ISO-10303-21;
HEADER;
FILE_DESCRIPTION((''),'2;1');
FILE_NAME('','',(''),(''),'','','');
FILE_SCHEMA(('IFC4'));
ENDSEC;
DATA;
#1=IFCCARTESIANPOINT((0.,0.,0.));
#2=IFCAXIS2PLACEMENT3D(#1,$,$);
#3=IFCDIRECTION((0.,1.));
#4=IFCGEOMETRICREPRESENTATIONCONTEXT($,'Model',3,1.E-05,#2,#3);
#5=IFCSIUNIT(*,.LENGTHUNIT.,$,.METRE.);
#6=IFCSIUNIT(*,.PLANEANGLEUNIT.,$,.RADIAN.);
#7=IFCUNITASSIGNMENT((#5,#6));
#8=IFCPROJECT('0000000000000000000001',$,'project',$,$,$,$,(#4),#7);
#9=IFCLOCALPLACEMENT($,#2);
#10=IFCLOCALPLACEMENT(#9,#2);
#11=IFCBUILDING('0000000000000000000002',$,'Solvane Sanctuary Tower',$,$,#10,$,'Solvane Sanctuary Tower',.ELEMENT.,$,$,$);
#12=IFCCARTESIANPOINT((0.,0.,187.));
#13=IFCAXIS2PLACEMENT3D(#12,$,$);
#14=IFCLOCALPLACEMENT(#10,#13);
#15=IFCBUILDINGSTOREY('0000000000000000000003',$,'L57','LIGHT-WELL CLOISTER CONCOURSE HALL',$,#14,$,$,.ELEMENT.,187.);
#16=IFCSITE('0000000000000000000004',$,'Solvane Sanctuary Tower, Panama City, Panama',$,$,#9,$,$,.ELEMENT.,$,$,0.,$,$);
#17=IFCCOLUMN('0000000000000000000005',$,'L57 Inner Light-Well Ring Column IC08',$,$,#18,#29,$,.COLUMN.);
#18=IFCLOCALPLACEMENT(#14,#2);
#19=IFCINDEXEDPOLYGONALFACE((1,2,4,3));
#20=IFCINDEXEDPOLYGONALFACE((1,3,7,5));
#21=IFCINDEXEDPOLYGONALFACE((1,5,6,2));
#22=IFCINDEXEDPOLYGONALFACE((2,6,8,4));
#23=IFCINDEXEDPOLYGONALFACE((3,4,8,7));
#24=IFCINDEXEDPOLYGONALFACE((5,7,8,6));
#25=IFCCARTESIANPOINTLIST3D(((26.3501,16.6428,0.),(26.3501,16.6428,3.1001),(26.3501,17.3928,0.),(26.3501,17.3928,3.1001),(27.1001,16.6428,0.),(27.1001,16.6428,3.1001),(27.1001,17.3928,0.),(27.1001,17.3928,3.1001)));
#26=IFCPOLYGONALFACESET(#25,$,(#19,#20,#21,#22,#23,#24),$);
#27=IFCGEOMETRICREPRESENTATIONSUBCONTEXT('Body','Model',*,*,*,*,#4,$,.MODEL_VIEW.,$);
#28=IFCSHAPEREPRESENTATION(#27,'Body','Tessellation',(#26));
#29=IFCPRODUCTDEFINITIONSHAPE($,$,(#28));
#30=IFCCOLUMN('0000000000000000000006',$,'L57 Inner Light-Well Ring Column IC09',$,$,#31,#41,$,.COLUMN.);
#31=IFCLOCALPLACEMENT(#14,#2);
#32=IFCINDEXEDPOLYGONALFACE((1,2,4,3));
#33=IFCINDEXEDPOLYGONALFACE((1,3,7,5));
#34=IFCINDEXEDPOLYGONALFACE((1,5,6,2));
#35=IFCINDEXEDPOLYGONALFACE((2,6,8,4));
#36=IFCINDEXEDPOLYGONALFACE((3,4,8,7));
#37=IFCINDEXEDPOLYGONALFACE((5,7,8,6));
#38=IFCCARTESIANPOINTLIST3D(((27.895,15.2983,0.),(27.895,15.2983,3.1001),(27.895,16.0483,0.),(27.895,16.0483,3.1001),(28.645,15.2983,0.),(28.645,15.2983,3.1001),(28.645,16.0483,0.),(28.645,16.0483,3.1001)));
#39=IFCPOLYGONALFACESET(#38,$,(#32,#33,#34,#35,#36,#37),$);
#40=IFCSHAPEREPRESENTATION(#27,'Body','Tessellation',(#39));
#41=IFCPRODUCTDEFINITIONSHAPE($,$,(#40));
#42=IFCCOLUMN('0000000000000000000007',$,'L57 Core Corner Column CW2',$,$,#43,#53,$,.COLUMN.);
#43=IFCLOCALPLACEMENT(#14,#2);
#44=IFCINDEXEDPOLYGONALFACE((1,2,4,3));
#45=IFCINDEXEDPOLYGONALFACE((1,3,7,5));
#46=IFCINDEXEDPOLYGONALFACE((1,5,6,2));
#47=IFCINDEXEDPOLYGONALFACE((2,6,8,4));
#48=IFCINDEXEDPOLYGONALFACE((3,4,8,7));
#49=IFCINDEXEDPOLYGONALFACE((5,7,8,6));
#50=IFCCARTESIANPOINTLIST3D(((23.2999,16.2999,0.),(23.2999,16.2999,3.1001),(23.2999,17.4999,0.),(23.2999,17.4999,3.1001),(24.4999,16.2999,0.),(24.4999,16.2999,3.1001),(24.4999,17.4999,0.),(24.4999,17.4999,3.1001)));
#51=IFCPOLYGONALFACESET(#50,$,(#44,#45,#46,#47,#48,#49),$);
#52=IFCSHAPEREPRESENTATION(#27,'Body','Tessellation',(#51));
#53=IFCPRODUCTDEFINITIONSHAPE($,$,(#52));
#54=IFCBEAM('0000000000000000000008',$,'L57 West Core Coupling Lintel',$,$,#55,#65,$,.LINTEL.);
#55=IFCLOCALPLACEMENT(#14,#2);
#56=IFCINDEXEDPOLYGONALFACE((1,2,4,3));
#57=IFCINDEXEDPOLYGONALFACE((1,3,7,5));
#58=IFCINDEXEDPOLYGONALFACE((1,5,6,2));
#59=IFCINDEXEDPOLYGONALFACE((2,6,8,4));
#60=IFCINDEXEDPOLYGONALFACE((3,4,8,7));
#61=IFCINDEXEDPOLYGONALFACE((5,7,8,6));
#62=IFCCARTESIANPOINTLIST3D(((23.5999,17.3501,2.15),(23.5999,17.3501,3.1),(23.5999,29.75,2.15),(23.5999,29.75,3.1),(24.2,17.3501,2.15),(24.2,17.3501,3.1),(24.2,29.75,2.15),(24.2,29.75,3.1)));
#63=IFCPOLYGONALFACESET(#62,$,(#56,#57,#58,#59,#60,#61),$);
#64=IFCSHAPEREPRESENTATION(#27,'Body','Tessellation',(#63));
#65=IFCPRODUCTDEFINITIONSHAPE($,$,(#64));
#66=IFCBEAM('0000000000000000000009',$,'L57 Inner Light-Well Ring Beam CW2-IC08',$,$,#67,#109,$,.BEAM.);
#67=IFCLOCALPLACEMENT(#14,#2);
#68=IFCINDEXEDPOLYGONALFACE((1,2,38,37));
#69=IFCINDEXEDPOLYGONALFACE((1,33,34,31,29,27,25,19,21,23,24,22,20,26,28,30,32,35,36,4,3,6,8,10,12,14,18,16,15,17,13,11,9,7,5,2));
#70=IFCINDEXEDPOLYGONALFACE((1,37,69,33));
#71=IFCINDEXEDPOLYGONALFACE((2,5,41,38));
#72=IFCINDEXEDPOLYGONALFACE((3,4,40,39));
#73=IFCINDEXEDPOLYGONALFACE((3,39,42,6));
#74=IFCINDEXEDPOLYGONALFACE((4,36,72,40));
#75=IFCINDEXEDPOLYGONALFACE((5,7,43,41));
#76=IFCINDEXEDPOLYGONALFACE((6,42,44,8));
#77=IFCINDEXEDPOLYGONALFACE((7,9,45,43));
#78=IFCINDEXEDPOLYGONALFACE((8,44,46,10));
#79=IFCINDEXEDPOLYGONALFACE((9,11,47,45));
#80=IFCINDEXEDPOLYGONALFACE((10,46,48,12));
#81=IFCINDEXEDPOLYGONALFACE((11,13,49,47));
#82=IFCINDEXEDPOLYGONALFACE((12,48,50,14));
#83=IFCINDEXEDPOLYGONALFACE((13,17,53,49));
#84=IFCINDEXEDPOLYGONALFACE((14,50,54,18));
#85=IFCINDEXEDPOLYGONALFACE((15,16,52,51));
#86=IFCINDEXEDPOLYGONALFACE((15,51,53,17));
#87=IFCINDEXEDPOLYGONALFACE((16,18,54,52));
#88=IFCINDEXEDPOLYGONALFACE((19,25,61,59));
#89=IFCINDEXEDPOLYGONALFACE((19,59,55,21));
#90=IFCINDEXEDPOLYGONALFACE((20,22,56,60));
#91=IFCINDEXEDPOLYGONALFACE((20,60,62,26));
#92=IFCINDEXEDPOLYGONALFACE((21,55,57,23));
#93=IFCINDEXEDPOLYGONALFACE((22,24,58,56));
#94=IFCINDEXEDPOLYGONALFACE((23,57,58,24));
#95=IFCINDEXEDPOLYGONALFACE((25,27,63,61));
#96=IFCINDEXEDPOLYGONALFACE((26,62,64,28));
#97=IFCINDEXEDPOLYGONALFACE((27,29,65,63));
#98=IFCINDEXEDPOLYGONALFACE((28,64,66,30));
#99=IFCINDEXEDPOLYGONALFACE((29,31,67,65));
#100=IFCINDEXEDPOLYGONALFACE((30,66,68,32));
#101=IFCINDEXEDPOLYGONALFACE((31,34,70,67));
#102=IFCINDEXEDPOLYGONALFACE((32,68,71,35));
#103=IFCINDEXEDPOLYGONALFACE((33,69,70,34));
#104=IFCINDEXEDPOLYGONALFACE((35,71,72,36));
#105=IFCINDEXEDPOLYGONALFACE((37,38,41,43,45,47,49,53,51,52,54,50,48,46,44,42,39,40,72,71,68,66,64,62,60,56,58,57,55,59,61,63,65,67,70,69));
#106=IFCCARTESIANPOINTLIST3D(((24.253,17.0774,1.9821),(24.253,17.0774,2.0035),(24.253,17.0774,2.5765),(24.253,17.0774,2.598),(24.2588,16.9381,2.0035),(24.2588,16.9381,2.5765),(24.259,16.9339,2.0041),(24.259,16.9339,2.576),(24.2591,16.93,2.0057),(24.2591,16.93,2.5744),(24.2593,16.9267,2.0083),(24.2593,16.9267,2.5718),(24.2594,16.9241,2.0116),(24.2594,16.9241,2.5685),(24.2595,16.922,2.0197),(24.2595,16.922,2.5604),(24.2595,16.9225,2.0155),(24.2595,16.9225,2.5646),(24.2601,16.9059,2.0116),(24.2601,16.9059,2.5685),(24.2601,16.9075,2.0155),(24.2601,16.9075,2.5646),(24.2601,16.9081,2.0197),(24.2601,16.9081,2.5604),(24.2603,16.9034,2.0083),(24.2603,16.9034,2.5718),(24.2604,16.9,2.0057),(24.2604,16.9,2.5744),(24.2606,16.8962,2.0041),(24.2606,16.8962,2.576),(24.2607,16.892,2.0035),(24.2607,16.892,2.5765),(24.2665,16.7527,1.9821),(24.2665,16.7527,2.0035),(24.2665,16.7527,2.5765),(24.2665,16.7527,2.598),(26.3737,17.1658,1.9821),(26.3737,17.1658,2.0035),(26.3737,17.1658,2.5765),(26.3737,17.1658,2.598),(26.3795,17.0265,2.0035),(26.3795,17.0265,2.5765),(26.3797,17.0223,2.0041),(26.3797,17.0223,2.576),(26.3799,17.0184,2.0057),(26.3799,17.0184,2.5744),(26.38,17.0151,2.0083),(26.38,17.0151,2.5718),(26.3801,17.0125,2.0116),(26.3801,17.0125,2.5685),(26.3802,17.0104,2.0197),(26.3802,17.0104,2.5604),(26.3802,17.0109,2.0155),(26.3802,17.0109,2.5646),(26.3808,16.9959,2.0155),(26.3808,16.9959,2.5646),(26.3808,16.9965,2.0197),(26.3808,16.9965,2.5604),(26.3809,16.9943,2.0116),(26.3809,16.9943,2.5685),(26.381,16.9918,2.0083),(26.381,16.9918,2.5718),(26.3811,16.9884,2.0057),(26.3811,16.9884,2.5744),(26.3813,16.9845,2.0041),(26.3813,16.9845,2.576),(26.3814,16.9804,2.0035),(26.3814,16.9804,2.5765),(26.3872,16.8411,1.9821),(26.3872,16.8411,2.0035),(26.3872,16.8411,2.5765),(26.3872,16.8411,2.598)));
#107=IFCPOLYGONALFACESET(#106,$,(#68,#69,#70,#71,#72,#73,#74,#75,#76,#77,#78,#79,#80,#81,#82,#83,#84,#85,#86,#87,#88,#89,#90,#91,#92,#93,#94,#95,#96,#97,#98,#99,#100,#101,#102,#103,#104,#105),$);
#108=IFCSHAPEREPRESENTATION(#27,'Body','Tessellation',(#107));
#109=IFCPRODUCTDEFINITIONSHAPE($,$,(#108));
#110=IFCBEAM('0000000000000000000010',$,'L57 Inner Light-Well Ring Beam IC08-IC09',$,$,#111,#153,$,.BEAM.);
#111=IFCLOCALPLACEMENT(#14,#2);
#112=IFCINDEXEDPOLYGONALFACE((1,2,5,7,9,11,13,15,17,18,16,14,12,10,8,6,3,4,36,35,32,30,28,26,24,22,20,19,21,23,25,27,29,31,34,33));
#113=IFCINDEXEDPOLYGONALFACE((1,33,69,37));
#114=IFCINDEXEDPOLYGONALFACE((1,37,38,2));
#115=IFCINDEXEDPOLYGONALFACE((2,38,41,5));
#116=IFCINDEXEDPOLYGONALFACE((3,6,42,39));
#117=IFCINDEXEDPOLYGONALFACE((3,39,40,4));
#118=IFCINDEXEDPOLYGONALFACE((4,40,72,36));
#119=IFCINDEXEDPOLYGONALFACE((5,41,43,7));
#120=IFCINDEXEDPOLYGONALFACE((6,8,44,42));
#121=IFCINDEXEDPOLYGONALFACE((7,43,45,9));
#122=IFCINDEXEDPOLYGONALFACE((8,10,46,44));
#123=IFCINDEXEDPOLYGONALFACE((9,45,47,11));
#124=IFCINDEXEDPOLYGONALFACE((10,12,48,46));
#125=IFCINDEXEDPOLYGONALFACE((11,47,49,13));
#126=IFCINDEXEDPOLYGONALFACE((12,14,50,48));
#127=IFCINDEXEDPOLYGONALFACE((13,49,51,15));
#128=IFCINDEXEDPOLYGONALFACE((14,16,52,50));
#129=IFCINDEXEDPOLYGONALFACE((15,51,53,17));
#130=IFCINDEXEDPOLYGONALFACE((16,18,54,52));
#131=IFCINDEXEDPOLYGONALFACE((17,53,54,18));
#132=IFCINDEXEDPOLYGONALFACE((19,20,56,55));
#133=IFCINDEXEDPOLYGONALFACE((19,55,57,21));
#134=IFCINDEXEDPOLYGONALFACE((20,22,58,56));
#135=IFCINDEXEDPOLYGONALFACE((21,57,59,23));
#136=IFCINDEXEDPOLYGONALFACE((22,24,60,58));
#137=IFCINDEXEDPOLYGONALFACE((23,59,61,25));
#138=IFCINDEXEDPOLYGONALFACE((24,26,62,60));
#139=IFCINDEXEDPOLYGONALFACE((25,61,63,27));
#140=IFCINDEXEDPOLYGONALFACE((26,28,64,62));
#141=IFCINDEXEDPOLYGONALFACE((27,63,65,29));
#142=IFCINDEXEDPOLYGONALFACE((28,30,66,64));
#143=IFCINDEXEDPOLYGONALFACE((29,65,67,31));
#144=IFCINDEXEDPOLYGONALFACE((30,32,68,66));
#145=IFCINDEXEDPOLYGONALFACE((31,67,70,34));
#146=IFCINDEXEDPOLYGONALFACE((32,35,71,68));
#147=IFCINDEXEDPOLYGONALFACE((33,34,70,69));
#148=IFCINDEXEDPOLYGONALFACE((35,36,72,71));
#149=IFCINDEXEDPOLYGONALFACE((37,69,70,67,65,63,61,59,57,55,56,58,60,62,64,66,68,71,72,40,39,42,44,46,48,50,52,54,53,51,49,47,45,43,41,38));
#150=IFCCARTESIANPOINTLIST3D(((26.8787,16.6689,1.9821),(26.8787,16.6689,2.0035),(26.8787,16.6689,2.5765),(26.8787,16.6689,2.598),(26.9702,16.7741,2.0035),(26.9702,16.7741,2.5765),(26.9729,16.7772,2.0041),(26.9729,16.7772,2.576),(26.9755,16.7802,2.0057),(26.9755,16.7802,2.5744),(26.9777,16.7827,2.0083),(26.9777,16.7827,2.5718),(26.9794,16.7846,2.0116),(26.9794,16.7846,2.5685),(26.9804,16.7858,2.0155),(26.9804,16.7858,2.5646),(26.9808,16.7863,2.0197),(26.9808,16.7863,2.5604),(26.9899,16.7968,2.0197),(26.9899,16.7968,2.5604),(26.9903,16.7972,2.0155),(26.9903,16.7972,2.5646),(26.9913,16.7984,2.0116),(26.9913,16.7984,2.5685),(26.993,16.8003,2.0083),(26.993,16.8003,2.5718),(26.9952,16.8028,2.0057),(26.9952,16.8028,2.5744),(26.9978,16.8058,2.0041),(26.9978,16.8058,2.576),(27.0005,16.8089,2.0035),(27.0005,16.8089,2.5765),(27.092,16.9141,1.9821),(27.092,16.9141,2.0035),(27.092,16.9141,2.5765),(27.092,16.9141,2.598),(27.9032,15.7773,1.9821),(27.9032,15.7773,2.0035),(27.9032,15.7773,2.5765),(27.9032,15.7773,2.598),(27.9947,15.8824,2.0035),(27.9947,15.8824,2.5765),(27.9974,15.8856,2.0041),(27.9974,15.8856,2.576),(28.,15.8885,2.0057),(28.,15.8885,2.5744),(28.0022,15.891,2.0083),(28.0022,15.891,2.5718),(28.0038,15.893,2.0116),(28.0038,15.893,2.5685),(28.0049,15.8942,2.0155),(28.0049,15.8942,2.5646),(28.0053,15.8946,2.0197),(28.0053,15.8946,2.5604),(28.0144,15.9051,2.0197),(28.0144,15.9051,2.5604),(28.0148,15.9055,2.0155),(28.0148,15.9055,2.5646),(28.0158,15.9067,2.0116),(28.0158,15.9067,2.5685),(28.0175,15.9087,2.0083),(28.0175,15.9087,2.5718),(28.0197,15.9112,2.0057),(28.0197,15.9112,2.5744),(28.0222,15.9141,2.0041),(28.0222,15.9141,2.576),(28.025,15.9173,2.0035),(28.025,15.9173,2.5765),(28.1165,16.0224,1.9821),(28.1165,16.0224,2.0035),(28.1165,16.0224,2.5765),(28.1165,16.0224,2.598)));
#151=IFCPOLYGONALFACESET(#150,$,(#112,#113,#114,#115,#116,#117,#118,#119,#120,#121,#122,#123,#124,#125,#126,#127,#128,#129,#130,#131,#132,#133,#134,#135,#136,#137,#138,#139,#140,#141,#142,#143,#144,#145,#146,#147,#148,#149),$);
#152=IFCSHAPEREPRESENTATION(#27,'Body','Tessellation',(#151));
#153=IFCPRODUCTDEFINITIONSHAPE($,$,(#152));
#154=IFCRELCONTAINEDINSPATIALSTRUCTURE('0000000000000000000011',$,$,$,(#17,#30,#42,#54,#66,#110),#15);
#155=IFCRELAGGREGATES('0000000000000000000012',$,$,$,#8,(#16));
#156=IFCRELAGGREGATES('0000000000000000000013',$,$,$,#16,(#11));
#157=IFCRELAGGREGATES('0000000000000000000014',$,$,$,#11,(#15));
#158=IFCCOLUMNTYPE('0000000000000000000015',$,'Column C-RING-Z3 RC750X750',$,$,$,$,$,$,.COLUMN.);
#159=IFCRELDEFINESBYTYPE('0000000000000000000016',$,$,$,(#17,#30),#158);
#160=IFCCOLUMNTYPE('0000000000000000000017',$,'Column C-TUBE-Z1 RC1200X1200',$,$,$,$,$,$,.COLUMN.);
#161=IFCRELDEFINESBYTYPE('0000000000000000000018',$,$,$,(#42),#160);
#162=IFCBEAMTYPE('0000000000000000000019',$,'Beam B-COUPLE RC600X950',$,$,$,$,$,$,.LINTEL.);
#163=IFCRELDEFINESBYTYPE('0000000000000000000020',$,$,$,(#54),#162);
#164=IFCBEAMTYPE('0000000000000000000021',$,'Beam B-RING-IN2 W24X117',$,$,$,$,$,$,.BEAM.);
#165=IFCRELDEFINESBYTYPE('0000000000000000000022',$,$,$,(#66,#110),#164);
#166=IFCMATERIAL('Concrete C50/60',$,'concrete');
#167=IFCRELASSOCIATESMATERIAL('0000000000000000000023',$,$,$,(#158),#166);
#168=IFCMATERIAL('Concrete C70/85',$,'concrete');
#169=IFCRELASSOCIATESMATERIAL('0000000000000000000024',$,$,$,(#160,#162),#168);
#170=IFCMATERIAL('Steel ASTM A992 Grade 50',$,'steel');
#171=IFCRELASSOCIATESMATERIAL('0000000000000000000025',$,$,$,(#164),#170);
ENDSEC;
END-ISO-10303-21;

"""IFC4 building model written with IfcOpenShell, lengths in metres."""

from ifc_helpers import new_model, si_unit, direction, frame, origin, origin_2d, place, context, subcontext, project, spatial, rectangle, i_section, extrude, material, material_profile, profile_set, type_object, element, save


model = new_model("IFC4")

# Units and contexts
model_context = context("Model", 3, precision=1e-05, world=origin(), true_north=direction((0.0, 1.0)))
body_context = subcontext(model_context, "Body", "Model", "MODEL_VIEW")
ifc_project = project(units=[si_unit("LENGTHUNIT", "METRE"), si_unit("PLANEANGLEUNIT", "RADIAN")], contexts=[model_context])

# Site, building, storey
site_placement = place(None, origin())
site = spatial("IfcSite", under=ifc_project, at=site_placement, Name="Solvane Sanctuary Tower, Panama City, Panama", CompositionType="ELEMENT", RefElevation=0.0)
building_placement = place(site_placement, origin())
building = spatial("IfcBuilding", under=site, at=building_placement, Name="Solvane Sanctuary Tower", LongName="Solvane Sanctuary Tower", CompositionType="ELEMENT")
storey_placement = place(building_placement, frame((0.0, 0.0, 187.0)))
storey = spatial("IfcBuildingStorey", under=building, at=storey_placement, Name="L57", Description="LIGHT-WELL CLOISTER CONCOURSE HALL", CompositionType="ELEMENT", Elevation=187.0)

# Columns
ifc_material_1 = material(Name="Concrete C50/60", Category="concrete")
ifc_material_profile_1 = material_profile(ifc_material_1, rectangle(XDim=0.75, YDim=0.75, at=origin_2d()), Name="RC750X750")
ifc_profile_set_1 = profile_set([ifc_material_profile_1], Name="Concrete C50/60")
column_type_1 = type_object("IfcColumnType", Name="Column C-RING-Z3 RC750X750", PredefinedType="COLUMN", material=ifc_profile_set_1)
for number, where, z_axis, x_axis, name in (
    (1, (26.7251, 17.0178, 0.0), (0.0, 0.0, 1.0), (1.0, 0.0, 0.0), "L57 Inner Light-Well Ring Column IC08"),
    (2, (28.27, 15.6733, 0.0), (0.0, 0.0, 1.0), (1.0, 0.0, 0.0), "L57 Inner Light-Well Ring Column IC09"),
):
    element("IfcColumn", number, at=place(storey_placement, frame(where, z_axis=z_axis, x_axis=x_axis)), inside=storey, type_object=column_type_1, Name=name, PredefinedType="COLUMN", context=body_context, shape_type="SweptSolid", body=[
        extrude(rectangle(XDim=0.75, YDim=0.75, at=origin_2d()), origin(), (0.0, 0.0, 1.0), 3.1001),
    ])
ifc_material_2 = material(Name="Concrete C70/85", Category="concrete")
ifc_material_profile_2 = material_profile(ifc_material_2, rectangle(XDim=1.2, YDim=1.2, at=origin_2d()), Name="RC1200X1200")
ifc_profile_set_2 = profile_set([ifc_material_profile_2], Name="Concrete C70/85")
column_type_2 = type_object("IfcColumnType", Name="Column C-TUBE-Z1 RC1200X1200", PredefinedType="COLUMN", material=ifc_profile_set_2)
column_placement = place(storey_placement, frame((23.8999, 16.8999, 0.0), z_axis=(0.0, 0.0, 1.0), x_axis=(1.0, 0.0, 0.0)))
element("IfcColumn", 3, at=column_placement, inside=storey, type_object=column_type_2, Name="L57 Core Corner Column CW2", PredefinedType="COLUMN", context=body_context, shape_type="SweptSolid", body=[
    extrude(rectangle(XDim=1.2, YDim=1.2, at=origin_2d()), origin(), (0.0, 0.0, 1.0), 3.1001),
])

# Beams
ifc_material_profile_3 = material_profile(ifc_material_2, rectangle(XDim=0.6001, YDim=0.95, at=origin_2d()), Name="RC600X950")
ifc_profile_set_3 = profile_set([ifc_material_profile_3], Name="Concrete C70/85")
beam_type_1 = type_object("IfcBeamType", Name="Beam B-COUPLE RC600X950", PredefinedType="LINTEL", material=ifc_profile_set_3)
beam_1_placement = place(storey_placement, frame((23.8999, 17.3501, 2.625), z_axis=(0.0, 1.0, 0.0), x_axis=(-1.0, 0.0, 0.0)))
element("IfcBeam", 4, at=beam_1_placement, inside=storey, type_object=beam_type_1, Name="L57 West Core Coupling Lintel", PredefinedType="LINTEL", context=body_context, shape_type="SweptSolid", body=[
    extrude(rectangle(XDim=0.6001, YDim=0.95, at=origin_2d()), origin(), (0.0, 0.0, 1.0), 12.3999),
])
ifc_material_3 = material(Name="Steel ASTM A992 Grade 50", Category="steel")
ifc_material_profile_4 = material_profile(ifc_material_3, i_section(OverallWidth=0.325, OverallDepth=0.616, WebThickness=0.0139, FlangeThickness=0.0215, FilletRadius=0.0161, at=origin_2d()), Name="W24X117")
ifc_profile_set_4 = profile_set([ifc_material_profile_4], Name="Steel ASTM A992 Grade 50")
beam_type_2 = type_object("IfcBeamType", Name="Beam B-RING-IN2 W24X117", PredefinedType="BEAM", material=ifc_profile_set_4)
beam_2_placement = place(storey_placement, frame((24.2598, 16.915, 2.29), z_axis=(0.999133, 0.04164, 0.0), x_axis=(-0.04164, 0.999133, 0.0)))
element("IfcBeam", 5, at=beam_2_placement, inside=storey, type_object=beam_type_2, Name="L57 Inner Light-Well Ring Beam CW2-IC08", PredefinedType="BEAM", context=body_context, shape_type="SweptSolid", body=[
    extrude(i_section(OverallWidth=0.325, OverallDepth=0.616, WebThickness=0.0139, FlangeThickness=0.0215, FilletRadius=0.0161, at=origin_2d()), origin(), (0.0, 0.0, 1.0), 2.1226),
])
beam_3_placement = place(storey_placement, frame((26.9854, 16.7915, 2.29), z_axis=(0.754311, -0.656517, 0.0), x_axis=(0.656517, 0.754311, 0.0)))
element("IfcBeam", 6, at=beam_3_placement, inside=storey, type_object=beam_type_2, Name="L57 Inner Light-Well Ring Beam IC08-IC09", PredefinedType="BEAM", context=body_context, shape_type="SweptSolid", body=[
    extrude(i_section(OverallWidth=0.325, OverallDepth=0.616, WebThickness=0.0139, FlangeThickness=0.0215, FilletRadius=0.0161, at=origin_2d()), origin(), (0.0, 0.0, 1.0), 1.3582),
])

save(model, "model.ifc")
